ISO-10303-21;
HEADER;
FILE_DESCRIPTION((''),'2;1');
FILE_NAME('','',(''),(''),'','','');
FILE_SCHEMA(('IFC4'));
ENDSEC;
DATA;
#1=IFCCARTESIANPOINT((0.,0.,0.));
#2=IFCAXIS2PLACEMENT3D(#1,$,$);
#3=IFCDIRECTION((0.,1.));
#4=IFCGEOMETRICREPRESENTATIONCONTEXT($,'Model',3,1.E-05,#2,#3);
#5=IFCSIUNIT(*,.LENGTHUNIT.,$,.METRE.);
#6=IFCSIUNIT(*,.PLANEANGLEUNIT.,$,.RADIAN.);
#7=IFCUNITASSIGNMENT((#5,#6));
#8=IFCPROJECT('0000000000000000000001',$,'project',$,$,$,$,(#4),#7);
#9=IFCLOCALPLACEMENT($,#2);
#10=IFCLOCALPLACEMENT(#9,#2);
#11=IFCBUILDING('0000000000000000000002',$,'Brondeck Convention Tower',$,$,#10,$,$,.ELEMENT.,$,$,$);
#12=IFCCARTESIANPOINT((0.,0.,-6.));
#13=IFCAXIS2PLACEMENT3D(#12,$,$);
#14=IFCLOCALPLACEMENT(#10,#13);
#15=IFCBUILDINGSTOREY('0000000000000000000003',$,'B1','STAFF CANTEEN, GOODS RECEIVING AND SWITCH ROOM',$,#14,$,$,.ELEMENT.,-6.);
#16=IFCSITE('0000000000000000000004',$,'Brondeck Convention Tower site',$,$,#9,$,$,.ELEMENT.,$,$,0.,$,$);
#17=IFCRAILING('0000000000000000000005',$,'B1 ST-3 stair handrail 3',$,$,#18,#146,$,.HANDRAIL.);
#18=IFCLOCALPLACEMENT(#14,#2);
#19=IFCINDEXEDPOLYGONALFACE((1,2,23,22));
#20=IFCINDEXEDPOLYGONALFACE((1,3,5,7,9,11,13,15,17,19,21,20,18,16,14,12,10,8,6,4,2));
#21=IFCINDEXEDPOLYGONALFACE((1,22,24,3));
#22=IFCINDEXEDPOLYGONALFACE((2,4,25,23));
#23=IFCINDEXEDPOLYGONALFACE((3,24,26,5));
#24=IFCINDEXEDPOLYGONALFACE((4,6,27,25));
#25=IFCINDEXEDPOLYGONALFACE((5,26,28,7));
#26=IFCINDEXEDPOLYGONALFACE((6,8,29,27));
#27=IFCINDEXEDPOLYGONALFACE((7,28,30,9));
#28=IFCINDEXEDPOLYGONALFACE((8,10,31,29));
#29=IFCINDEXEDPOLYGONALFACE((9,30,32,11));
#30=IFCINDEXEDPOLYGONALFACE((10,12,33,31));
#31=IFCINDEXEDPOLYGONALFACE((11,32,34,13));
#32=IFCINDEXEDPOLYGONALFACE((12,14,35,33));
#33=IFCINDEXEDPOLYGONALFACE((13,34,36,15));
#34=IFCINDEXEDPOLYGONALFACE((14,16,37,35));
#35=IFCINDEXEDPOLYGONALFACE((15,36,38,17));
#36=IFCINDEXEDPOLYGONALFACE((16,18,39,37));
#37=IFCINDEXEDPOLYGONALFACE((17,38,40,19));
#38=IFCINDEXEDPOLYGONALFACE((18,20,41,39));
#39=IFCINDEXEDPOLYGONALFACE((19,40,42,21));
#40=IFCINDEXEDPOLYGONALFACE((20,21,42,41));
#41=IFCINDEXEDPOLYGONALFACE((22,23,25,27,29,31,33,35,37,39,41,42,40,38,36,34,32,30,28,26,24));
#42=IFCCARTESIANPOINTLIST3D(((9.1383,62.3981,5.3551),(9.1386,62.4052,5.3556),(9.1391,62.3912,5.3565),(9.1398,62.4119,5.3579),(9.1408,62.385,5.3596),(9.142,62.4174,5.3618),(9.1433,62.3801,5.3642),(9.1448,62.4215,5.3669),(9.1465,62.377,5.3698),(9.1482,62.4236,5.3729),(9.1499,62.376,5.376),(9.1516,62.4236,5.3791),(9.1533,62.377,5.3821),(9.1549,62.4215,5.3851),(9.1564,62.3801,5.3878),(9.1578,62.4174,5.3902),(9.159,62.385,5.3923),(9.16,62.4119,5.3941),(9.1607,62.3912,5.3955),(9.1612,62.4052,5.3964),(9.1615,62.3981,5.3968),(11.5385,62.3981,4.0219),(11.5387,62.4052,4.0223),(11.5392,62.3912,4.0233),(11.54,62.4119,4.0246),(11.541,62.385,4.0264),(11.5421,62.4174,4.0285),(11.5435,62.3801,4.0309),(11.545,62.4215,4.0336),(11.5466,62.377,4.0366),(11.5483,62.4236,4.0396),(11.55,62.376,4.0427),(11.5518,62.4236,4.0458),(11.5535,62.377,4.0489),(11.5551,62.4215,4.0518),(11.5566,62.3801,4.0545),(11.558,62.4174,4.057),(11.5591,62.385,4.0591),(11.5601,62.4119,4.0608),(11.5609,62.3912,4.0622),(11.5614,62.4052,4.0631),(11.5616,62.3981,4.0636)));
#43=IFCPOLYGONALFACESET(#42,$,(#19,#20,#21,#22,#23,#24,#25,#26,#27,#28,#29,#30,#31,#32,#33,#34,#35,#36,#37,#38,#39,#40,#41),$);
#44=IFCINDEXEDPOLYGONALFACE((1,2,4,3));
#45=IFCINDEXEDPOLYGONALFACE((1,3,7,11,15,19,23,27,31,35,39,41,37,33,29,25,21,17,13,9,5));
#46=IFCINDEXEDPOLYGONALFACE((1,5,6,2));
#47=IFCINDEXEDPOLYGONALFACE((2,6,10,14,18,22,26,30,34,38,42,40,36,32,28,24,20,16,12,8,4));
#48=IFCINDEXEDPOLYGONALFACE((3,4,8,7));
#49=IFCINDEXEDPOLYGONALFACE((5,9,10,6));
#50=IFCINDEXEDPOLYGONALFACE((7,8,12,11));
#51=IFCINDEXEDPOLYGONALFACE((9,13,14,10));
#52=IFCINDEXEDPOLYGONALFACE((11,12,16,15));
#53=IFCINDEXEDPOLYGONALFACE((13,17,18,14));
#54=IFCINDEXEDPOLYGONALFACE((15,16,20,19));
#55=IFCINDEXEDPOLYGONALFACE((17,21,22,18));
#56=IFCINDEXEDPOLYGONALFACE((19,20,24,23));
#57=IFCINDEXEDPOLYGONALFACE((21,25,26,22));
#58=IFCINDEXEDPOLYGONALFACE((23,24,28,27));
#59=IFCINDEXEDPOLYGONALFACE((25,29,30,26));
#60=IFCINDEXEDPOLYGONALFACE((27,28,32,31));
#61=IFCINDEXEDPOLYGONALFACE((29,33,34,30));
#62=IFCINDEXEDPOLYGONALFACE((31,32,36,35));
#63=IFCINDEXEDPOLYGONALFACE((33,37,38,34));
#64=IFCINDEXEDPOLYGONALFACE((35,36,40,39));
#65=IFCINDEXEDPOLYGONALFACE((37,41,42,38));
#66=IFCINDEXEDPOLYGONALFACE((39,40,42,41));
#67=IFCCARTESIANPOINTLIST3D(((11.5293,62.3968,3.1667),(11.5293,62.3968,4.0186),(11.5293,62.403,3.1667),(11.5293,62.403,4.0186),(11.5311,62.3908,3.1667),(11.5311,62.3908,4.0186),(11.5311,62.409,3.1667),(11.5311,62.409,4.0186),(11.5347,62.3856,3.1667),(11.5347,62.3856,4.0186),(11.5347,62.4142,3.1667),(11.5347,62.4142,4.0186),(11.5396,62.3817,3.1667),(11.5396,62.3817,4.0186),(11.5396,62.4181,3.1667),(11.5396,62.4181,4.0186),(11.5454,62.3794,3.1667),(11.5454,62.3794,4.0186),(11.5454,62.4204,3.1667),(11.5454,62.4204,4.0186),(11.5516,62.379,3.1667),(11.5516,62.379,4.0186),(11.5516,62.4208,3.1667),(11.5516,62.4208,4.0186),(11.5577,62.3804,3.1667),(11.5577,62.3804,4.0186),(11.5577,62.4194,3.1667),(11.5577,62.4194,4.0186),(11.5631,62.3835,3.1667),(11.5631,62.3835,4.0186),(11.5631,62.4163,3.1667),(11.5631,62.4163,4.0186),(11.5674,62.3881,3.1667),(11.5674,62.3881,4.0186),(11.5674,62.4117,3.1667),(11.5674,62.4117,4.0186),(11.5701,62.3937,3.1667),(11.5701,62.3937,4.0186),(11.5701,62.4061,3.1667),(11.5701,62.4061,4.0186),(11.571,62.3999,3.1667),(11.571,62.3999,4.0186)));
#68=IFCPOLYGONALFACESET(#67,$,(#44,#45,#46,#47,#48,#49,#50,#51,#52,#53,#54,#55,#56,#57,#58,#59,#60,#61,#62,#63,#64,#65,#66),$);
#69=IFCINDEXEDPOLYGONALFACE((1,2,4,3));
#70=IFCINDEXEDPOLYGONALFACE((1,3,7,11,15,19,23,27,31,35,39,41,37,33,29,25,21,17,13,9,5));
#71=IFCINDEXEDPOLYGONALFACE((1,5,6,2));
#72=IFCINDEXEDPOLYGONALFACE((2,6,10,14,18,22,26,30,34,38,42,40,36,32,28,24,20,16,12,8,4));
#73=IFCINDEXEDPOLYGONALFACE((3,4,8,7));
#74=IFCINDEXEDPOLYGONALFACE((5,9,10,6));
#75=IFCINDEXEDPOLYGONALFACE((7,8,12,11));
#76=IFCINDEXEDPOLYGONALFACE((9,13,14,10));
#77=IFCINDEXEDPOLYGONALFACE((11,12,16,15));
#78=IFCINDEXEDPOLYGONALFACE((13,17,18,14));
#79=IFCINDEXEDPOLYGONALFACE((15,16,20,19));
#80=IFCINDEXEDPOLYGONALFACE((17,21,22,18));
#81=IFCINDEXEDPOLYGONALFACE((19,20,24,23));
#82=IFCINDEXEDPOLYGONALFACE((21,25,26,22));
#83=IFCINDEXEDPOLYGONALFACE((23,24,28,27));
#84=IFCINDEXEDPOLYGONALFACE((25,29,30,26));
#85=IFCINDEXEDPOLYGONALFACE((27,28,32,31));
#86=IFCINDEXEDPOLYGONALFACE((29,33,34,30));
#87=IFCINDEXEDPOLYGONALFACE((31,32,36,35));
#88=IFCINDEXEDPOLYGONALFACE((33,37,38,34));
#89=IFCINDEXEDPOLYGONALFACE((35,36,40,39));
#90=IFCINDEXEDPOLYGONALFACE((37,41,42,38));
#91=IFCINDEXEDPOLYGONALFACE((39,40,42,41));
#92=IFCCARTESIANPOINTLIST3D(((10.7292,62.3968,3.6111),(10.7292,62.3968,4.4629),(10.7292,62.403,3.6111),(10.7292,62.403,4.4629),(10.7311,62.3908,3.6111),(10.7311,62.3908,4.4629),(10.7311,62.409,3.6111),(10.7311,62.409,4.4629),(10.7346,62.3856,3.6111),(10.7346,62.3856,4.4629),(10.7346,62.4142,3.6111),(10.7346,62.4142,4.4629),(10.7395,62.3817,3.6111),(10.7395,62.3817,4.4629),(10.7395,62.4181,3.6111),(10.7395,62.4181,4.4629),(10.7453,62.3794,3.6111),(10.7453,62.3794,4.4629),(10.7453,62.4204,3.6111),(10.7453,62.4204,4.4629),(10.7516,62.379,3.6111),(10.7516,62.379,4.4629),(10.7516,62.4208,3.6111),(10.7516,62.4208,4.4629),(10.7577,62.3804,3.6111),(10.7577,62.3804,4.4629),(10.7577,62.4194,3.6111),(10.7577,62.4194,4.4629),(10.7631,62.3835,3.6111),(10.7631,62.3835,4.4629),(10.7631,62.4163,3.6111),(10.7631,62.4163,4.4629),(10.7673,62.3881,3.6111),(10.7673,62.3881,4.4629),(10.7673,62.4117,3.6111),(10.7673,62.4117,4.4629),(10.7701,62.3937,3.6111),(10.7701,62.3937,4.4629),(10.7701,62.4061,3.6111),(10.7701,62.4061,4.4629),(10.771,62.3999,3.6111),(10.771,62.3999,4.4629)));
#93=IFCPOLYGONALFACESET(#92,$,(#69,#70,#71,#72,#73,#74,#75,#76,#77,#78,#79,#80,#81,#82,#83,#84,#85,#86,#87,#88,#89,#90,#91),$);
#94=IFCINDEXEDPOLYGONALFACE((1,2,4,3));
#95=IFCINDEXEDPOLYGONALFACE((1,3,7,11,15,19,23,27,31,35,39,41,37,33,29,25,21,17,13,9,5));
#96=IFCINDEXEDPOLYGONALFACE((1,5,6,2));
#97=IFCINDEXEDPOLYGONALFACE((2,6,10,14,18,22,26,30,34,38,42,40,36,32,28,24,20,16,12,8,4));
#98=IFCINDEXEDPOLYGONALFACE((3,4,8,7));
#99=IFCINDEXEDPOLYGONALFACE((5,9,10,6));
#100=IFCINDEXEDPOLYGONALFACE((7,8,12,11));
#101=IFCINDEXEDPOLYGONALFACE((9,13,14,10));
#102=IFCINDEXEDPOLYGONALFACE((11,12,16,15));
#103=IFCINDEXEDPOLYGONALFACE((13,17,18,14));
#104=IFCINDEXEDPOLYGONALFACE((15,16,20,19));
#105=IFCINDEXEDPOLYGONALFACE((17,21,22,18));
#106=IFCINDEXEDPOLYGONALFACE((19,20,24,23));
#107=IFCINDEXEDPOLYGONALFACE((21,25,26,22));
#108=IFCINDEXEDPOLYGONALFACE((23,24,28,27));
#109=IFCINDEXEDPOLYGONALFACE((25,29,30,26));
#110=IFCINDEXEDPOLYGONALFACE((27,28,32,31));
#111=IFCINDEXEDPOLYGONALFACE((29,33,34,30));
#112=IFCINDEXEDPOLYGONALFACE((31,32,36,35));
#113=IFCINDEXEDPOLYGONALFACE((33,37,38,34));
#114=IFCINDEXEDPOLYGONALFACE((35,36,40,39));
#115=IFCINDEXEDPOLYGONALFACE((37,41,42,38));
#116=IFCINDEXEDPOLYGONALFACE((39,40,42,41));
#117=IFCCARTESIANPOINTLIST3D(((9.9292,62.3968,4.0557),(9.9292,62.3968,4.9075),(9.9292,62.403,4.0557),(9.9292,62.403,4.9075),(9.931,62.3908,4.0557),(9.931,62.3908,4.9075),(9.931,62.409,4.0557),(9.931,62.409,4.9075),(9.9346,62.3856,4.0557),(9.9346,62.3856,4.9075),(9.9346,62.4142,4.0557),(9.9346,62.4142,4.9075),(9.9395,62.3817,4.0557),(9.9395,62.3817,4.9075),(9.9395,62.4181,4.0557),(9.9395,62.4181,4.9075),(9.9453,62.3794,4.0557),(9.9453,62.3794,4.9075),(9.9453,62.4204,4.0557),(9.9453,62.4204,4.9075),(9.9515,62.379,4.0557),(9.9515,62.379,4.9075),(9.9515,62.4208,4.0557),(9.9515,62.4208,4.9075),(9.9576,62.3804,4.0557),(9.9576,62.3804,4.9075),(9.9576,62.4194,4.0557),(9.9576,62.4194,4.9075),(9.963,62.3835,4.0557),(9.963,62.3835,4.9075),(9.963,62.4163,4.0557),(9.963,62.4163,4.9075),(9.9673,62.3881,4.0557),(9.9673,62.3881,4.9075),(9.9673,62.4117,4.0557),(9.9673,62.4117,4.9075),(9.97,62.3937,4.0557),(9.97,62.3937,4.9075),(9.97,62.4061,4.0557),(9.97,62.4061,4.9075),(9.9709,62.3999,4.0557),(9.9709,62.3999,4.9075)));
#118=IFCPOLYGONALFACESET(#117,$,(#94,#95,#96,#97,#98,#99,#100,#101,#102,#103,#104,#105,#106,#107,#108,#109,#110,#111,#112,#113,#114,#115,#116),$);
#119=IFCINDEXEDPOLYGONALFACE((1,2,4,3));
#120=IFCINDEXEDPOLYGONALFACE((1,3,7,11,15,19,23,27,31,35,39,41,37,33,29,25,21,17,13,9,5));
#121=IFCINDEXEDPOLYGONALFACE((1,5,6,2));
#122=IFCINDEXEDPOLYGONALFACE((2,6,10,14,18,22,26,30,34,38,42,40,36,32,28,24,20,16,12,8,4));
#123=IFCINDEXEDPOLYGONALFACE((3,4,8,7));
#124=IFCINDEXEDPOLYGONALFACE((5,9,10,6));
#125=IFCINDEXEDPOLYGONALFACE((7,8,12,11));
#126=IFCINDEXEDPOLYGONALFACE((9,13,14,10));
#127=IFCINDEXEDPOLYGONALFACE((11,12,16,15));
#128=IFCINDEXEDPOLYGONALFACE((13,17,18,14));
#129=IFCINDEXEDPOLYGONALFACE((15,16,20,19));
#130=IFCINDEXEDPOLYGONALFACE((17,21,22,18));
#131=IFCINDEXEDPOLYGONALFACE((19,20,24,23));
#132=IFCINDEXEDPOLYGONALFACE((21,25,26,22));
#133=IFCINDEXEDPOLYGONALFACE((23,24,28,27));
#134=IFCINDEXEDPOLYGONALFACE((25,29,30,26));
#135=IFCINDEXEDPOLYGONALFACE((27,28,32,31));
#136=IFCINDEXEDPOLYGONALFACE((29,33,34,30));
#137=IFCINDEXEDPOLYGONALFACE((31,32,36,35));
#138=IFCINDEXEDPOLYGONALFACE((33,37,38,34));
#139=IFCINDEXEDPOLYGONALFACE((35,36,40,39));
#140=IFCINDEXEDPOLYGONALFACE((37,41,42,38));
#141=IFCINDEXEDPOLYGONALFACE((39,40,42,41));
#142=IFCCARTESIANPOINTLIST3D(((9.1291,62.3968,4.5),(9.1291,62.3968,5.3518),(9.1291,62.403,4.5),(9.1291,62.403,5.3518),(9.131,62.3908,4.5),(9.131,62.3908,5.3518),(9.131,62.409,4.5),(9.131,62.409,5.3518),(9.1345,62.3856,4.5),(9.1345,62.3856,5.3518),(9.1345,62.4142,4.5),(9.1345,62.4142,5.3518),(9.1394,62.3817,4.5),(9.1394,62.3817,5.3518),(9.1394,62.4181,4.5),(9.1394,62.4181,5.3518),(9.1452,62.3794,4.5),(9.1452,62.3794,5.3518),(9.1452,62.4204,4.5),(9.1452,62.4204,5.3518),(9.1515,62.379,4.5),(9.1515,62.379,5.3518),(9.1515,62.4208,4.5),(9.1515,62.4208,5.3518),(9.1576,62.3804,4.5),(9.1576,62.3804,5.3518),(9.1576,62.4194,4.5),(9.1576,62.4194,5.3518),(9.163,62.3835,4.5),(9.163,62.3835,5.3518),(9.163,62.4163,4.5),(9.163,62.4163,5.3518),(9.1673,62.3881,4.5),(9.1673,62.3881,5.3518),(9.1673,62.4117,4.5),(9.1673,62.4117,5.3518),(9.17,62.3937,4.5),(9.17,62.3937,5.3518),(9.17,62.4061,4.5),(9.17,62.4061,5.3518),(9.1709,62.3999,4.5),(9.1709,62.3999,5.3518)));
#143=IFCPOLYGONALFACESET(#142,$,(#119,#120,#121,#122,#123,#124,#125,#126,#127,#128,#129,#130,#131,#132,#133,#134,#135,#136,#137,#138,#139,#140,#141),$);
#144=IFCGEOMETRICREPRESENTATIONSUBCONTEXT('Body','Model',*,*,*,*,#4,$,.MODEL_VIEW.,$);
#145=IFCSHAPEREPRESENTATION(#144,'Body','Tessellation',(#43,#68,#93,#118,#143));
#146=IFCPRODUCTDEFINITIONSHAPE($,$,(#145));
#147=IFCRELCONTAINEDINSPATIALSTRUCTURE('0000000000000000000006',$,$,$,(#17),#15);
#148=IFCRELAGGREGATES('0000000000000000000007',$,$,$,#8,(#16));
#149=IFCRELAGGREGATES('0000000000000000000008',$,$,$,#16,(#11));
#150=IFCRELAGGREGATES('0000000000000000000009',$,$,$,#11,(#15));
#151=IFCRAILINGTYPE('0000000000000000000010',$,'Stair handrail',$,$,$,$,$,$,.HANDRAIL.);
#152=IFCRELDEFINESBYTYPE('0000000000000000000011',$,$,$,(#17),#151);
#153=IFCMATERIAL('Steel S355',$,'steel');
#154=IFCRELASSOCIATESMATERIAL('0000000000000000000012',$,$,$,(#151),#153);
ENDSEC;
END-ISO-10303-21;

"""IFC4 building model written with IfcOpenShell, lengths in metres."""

from ifc_helpers import new_model, si_unit, direction, frame, origin, origin_2d, place, context, subcontext, project, spatial, circle, extrude, material, type_object, element, save


model = new_model("IFC4")

# Units and contexts
model_context = context("Model", 3, precision=1e-05, world=origin(), true_north=direction((0.0, 1.0)))
body_context = subcontext(model_context, "Body", "Model", "MODEL_VIEW")
ifc_project = project(units=[si_unit("LENGTHUNIT", "METRE"), si_unit("PLANEANGLEUNIT", "RADIAN")], contexts=[model_context])

# Site, building, storey
site_placement = place(None, origin())
site = spatial("IfcSite", under=ifc_project, at=site_placement, Name="Brondeck Convention Tower site", CompositionType="ELEMENT", RefElevation=0.0)
building_placement = place(site_placement, origin())
building = spatial("IfcBuilding", under=site, at=building_placement, Name="Brondeck Convention Tower", CompositionType="ELEMENT")
storey_placement = place(building_placement, frame((0.0, 0.0, -6.0)))
storey = spatial("IfcBuildingStorey", under=building, at=storey_placement, Name="B1", Description="STAFF CANTEEN, GOODS RECEIVING AND SWITCH ROOM", CompositionType="ELEMENT", Elevation=-6.0)

# Shared definitions
ifc_material_1 = material(Name="Steel S355", Category="steel")

# Railing
railing_type_1 = type_object("IfcRailingType", Name="Stair handrail", PredefinedType="HANDRAIL", material=ifc_material_1)
railing_1_placement = place(storey_placement, frame((11.55, 62.3999, 3.1667)))
element("IfcRailing", 1, at=railing_1_placement, inside=storey, type_object=railing_type_1, Name="B1 ST-3 stair handrail 3", PredefinedType="HANDRAIL", context=body_context, shape_type="SweptSolid", body=[
    extrude(circle(Radius=0.0239, at=origin_2d()), frame((0.0, 0.0, 0.876), z_axis=(-0.874182, 0.0, 0.485598), x_axis=(0.0, -1.0, 0.0)), (0.0, 0.0, 1.0), 2.7456),
    extrude(circle(Radius=0.021, at=origin_2d()), origin(), (0.0, 0.0, 1.0), 0.8518),
    extrude(circle(Radius=0.021, at=origin_2d()), frame((-0.8, 0.0, 0.4443)), (0.0, 0.0, 1.0), 0.8518),
    extrude(circle(Radius=0.021, at=origin_2d()), frame((-1.6001, 0.0, 0.8889)), (0.0, 0.0, 1.0), 0.8518),
    extrude(circle(Radius=0.021, at=origin_2d()), frame((-2.4001, 0.0, 1.3333)), (0.0, 0.0, 1.0), 0.8518),
])

save(model, "model.ifc")
